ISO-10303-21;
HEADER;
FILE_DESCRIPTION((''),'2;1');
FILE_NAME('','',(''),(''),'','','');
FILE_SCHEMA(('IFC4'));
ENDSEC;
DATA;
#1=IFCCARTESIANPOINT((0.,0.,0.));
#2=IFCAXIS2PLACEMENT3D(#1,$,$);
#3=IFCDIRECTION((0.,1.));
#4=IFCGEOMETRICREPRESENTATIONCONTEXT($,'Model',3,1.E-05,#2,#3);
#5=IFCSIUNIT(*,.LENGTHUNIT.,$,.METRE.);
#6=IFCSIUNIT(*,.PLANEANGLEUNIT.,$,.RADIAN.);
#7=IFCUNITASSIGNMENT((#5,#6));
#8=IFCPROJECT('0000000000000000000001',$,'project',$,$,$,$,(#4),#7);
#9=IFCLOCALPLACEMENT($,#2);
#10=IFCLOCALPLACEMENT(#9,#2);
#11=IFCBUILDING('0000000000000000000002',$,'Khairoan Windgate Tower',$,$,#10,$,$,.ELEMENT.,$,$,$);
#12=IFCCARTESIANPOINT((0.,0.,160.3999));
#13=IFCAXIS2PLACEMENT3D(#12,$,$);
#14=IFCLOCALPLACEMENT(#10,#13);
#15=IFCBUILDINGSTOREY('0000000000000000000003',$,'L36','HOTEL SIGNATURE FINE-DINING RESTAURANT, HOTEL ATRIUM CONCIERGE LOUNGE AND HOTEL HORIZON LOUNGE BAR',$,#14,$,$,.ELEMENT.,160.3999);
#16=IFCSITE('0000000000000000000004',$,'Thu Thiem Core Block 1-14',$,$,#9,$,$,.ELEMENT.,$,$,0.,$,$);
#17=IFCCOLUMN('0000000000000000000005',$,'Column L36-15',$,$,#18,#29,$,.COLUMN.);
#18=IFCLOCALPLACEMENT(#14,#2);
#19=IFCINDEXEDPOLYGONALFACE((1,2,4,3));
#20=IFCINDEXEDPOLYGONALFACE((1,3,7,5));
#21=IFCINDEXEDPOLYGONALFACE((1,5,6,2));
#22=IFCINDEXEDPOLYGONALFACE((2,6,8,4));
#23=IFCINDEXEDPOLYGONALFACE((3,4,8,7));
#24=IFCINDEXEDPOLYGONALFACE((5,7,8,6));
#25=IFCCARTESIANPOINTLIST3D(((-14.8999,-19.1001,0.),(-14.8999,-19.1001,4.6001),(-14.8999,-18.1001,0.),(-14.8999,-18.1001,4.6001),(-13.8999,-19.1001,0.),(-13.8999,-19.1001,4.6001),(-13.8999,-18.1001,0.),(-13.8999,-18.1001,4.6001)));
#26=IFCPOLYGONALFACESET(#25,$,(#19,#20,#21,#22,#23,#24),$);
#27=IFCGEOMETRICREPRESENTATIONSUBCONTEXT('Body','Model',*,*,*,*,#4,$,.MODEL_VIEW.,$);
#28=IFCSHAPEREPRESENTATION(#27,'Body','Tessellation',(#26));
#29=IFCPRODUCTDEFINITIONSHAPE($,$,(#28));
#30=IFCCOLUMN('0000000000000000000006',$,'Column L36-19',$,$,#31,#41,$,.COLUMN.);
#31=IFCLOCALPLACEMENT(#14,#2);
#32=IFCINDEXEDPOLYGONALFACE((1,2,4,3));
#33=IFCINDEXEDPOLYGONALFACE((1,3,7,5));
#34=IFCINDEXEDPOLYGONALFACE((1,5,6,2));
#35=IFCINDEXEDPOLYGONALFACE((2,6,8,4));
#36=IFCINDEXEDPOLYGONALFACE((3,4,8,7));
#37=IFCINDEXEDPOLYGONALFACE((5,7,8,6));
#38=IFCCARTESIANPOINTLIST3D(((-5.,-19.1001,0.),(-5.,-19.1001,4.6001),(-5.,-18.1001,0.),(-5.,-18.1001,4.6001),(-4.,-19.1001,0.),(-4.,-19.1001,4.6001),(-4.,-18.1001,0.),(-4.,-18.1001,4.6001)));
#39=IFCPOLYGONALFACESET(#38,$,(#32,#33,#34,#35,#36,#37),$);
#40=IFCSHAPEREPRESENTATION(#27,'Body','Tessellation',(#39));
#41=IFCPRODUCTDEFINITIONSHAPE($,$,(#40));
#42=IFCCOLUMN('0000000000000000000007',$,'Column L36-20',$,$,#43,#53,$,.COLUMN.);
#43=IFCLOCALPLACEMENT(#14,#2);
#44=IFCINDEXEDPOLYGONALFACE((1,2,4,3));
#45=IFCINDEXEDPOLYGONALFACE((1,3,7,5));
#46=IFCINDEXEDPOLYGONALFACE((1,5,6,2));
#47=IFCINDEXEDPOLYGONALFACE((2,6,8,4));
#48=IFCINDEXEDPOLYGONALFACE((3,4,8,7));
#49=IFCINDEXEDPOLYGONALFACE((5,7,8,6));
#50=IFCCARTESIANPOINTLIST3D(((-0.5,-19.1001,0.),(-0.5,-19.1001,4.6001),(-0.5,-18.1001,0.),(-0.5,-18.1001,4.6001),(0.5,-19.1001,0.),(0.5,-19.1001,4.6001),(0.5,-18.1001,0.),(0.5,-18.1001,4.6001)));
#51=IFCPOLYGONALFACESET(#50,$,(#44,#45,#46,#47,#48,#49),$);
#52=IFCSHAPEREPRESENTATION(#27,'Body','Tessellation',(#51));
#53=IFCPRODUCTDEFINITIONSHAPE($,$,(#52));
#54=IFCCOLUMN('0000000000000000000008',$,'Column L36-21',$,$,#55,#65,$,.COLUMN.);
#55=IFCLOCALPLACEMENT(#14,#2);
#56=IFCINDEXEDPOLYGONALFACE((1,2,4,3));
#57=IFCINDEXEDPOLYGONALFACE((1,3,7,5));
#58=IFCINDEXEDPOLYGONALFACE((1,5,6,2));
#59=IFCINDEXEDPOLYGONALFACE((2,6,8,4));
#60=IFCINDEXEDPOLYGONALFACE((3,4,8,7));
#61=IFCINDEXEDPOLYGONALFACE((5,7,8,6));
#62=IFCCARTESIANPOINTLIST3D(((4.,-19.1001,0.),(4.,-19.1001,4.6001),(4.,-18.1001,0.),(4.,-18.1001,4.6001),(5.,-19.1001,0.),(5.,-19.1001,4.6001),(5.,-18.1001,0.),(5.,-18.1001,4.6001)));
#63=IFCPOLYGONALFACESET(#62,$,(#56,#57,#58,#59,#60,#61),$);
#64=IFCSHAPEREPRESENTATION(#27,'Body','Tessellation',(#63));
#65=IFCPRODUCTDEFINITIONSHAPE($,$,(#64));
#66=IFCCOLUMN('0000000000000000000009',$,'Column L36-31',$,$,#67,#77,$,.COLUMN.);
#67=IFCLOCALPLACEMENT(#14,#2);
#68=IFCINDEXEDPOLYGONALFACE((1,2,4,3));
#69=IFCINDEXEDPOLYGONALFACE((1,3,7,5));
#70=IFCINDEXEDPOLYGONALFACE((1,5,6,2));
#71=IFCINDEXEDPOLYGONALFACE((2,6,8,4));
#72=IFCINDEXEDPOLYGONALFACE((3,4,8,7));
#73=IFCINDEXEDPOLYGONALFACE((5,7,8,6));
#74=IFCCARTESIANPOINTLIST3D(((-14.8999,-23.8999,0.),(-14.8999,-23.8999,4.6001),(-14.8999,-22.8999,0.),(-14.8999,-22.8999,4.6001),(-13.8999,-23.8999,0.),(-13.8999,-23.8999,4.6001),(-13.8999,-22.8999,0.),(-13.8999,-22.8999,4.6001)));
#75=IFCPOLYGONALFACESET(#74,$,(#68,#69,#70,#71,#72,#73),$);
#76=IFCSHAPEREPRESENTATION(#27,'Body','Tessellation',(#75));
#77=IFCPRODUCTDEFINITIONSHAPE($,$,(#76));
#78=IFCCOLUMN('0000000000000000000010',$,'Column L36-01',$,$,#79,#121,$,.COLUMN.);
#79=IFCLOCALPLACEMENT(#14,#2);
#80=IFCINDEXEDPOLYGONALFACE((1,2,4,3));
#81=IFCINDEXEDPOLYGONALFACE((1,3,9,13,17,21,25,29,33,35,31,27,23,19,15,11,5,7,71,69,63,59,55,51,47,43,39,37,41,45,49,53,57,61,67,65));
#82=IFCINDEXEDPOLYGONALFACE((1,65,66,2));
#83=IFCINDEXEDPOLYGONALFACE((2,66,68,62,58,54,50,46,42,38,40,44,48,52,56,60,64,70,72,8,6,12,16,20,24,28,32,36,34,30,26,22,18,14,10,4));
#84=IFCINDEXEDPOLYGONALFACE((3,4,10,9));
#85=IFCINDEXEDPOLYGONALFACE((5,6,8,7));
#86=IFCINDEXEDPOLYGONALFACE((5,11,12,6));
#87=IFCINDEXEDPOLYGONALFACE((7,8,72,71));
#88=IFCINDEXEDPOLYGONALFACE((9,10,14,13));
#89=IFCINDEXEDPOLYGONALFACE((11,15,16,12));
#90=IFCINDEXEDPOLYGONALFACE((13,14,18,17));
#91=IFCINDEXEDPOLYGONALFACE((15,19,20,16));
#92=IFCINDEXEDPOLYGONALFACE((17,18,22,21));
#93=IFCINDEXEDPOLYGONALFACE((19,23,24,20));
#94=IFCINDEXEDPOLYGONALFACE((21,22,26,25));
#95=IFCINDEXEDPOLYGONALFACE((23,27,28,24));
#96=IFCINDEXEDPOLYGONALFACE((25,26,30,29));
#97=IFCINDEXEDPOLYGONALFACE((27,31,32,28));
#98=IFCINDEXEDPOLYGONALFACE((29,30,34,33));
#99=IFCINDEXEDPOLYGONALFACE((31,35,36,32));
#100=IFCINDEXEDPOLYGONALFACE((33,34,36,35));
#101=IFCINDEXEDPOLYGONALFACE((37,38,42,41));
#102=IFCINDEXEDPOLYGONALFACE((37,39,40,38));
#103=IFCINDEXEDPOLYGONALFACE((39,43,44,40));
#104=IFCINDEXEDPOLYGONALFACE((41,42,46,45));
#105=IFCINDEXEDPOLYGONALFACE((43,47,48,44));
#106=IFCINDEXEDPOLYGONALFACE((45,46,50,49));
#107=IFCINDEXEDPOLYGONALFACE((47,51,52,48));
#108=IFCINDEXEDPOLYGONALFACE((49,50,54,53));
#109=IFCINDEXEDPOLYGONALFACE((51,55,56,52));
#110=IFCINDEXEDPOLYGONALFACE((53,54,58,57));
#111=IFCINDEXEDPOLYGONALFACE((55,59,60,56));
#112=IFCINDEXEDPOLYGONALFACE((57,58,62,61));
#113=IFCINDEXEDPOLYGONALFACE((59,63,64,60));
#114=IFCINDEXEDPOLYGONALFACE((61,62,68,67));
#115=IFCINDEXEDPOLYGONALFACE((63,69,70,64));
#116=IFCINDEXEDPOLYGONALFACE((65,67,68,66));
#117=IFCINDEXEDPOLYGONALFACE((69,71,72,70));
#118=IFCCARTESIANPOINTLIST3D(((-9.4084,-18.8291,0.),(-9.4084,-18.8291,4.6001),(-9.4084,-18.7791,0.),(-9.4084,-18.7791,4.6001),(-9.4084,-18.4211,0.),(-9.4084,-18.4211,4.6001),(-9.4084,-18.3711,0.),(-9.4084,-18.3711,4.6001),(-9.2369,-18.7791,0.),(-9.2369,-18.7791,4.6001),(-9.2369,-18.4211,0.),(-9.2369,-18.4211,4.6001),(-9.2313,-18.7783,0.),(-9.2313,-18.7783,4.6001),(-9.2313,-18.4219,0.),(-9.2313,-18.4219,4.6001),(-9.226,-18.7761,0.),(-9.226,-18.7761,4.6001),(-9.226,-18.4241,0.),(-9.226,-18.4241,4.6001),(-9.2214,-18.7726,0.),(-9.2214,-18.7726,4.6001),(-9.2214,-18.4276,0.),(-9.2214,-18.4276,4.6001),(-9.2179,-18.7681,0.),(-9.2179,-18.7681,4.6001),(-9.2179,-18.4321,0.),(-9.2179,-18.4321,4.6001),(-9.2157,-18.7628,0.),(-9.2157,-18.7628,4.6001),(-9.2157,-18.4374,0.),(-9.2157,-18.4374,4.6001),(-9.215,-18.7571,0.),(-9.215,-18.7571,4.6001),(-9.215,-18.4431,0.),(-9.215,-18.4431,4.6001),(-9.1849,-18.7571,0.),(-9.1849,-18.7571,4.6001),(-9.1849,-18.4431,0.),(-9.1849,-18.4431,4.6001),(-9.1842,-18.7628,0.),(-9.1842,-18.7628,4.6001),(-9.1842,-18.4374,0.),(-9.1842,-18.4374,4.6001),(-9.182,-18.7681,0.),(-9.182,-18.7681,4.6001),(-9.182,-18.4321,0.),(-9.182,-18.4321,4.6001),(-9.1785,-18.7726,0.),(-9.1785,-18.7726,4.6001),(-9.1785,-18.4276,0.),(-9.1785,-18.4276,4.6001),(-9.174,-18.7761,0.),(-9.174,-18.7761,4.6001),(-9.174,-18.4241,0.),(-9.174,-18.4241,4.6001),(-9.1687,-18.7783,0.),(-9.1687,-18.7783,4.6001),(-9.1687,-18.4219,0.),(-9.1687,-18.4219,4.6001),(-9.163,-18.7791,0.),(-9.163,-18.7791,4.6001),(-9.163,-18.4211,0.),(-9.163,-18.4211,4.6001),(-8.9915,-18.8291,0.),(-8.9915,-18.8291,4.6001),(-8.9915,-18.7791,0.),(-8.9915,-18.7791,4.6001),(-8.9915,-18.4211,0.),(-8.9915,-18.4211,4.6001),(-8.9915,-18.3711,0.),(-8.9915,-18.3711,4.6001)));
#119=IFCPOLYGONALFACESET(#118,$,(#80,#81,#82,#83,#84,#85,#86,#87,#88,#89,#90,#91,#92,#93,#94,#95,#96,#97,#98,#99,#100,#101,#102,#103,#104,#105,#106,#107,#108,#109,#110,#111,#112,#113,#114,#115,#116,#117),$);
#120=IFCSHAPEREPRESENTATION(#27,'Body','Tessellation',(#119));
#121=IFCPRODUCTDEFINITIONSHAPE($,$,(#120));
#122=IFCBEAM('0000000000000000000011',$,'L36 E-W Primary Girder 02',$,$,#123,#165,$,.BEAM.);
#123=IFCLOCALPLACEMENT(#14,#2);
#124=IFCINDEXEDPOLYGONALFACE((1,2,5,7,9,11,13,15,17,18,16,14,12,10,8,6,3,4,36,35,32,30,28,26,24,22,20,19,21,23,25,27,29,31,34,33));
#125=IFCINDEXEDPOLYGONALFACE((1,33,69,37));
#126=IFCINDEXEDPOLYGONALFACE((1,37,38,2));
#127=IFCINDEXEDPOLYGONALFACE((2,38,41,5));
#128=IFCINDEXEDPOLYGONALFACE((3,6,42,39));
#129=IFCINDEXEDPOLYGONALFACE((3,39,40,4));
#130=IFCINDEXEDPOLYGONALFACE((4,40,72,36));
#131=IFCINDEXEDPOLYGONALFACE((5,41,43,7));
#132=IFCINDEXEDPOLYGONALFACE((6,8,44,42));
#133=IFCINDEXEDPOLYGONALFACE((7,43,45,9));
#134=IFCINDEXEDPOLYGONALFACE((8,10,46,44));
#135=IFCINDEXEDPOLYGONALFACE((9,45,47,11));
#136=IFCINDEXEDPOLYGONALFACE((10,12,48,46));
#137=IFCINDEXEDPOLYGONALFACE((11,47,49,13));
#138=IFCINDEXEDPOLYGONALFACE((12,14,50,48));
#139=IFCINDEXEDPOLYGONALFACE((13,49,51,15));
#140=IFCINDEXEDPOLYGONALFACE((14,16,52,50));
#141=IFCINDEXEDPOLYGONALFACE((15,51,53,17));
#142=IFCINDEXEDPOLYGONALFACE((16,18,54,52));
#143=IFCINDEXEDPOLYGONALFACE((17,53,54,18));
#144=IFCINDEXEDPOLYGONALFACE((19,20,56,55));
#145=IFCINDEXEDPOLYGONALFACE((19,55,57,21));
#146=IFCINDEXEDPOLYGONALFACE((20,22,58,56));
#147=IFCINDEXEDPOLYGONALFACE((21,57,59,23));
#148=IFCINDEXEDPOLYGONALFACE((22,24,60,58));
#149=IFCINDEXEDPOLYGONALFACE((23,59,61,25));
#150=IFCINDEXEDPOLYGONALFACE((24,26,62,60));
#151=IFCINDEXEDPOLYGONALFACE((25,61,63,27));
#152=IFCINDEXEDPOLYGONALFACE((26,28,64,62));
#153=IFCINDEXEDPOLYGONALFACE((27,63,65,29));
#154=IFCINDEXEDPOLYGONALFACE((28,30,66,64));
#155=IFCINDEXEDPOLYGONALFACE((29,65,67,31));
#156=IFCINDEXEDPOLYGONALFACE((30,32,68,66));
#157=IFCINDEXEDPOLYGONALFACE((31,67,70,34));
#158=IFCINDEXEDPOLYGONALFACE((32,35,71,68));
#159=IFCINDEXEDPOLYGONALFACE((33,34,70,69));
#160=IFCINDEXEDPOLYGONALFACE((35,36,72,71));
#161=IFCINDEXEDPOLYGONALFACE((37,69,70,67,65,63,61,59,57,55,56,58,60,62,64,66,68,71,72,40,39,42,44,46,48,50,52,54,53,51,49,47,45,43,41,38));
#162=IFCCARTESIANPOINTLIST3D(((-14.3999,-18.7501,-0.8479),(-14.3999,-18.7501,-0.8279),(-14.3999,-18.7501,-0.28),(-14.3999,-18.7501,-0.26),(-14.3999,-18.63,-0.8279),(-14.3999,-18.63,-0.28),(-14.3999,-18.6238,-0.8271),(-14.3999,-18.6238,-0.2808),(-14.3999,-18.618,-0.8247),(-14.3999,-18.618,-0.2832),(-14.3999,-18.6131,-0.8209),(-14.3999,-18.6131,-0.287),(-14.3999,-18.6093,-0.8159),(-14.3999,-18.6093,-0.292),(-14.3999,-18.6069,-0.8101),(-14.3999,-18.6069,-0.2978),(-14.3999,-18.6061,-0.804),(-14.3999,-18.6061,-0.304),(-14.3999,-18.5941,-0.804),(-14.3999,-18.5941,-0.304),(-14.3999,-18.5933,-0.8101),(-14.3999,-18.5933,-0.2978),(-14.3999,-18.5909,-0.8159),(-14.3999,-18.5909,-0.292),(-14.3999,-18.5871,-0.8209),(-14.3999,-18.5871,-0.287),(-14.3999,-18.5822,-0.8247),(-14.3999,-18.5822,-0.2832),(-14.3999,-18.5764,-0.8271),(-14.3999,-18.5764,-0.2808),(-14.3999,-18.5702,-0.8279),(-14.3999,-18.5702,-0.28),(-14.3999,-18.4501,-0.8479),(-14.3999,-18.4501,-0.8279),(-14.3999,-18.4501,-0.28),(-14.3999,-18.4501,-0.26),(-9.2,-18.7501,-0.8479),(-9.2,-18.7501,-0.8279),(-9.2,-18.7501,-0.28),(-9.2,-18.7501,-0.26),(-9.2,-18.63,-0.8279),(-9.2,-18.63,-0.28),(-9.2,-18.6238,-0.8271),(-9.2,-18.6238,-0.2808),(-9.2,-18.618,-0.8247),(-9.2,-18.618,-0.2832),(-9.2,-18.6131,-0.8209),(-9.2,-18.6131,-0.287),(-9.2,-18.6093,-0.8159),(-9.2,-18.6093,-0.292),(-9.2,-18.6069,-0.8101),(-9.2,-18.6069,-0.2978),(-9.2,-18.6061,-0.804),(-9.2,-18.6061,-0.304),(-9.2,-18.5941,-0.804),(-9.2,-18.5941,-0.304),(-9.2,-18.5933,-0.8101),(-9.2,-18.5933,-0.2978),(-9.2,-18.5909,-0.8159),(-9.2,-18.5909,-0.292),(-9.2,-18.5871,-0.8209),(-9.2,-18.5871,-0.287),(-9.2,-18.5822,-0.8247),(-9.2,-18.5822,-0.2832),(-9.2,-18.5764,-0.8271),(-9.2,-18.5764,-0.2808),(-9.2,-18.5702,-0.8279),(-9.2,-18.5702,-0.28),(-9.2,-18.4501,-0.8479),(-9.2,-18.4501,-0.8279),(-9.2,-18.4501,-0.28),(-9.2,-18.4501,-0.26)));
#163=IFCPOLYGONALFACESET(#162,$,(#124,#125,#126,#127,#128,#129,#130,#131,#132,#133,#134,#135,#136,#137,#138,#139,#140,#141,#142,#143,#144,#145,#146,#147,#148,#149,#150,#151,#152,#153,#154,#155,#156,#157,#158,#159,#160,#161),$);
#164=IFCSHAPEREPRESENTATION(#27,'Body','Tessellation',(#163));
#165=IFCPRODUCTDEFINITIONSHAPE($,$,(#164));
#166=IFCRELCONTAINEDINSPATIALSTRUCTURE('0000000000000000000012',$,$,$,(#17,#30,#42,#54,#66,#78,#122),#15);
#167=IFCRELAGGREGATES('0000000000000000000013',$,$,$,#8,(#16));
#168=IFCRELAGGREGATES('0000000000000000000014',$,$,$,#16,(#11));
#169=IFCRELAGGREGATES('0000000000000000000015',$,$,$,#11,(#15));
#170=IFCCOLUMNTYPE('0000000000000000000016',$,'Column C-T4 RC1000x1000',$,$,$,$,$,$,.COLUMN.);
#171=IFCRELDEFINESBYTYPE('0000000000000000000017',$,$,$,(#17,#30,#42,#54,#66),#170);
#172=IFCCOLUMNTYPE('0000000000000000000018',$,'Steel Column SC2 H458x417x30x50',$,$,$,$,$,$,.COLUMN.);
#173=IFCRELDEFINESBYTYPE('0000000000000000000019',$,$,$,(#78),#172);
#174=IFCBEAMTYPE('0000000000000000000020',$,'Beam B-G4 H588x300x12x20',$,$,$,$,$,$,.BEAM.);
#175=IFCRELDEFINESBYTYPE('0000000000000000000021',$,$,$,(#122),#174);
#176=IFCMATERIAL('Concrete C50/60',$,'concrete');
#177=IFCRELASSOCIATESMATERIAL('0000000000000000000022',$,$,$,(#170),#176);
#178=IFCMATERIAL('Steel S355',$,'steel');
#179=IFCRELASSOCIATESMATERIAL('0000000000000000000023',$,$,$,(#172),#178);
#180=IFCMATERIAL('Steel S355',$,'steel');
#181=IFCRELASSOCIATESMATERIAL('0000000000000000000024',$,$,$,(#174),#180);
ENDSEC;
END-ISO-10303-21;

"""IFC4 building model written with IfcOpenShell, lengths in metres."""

from ifc_helpers import new_model, si_unit, direction, frame, origin, origin_2d, place, context, subcontext, project, spatial, rectangle, i_section, extrude, material, material_profile, profile_set, type_object, element, save


model = new_model("IFC4")

# Units and contexts
model_context = context("Model", 3, precision=1e-05, world=origin(), true_north=direction((0.0, 1.0)))
body_context = subcontext(model_context, "Body", "Model", "MODEL_VIEW")
ifc_project = project(units=[si_unit("LENGTHUNIT", "METRE"), si_unit("PLANEANGLEUNIT", "RADIAN")], contexts=[model_context])

# Site, building, storey
site_placement = place(None, origin())
site = spatial("IfcSite", under=ifc_project, at=site_placement, Name="Thu Thiem Core Block 1-14", CompositionType="ELEMENT", RefElevation=0.0)
building_placement = place(site_placement, origin())
building = spatial("IfcBuilding", under=site, at=building_placement, Name="Khairoan Windgate Tower", CompositionType="ELEMENT")
storey_placement = place(building_placement, frame((0.0, 0.0, 160.3999)))
storey = spatial("IfcBuildingStorey", under=building, at=storey_placement, Name="L36", Description="HOTEL SIGNATURE FINE-DINING RESTAURANT, HOTEL ATRIUM CONCIERGE LOUNGE AND HOTEL HORIZON LOUNGE BAR", CompositionType="ELEMENT", Elevation=160.3999)

# Columns
ifc_material_1 = material(Name="Concrete C50/60", Category="concrete")
ifc_material_profile_1 = material_profile(ifc_material_1, rectangle(XDim=1.0, YDim=1.0, at=origin_2d()))
ifc_profile_set_1 = profile_set([ifc_material_profile_1], Name="Concrete C50/60")
column_type_1 = type_object("IfcColumnType", Name="Column C-T4 RC1000x1000", PredefinedType="COLUMN", material=ifc_profile_set_1)
for number, where, z_axis, x_axis, name in (
    (1, (-14.3999, -18.6001, 0.0), (0.0, 0.0, 1.0), (1.0, 0.0, 0.0), "Column L36-15"),
    (2, (-4.5, -18.6001, 0.0), (0.0, 0.0, 1.0), (1.0, 0.0, 0.0), "Column L36-19"),
    (3, (0.0, -18.6001, 0.0), (0.0, 0.0, 1.0), (1.0, 0.0, 0.0), "Column L36-20"),
    (4, (4.5, -18.6001, 0.0), (0.0, 0.0, 1.0), (1.0, 0.0, 0.0), "Column L36-21"),
    (5, (-14.3999, -23.3999, 0.0), (0.0, 0.0, 1.0), (1.0, 0.0, 0.0), "Column L36-31"),
):
    element("IfcColumn", number, at=place(storey_placement, frame(where, z_axis=z_axis, x_axis=x_axis)), inside=storey, type_object=column_type_1, Name=name, PredefinedType="COLUMN", context=body_context, shape_type="SweptSolid", body=[
        extrude(rectangle(XDim=1.0, YDim=1.0, at=origin_2d()), origin(), (0.0, 0.0, 1.0), 4.6001),
    ])
ifc_material_2 = material(Name="Steel S355", Category="steel")
ifc_material_profile_2 = material_profile(ifc_material_2, i_section(OverallWidth=0.417, OverallDepth=0.458, WebThickness=0.03, FlangeThickness=0.05, FilletRadius=0.022, at=origin_2d()))
ifc_profile_set_2 = profile_set([ifc_material_profile_2], Name="Steel S355")
column_type_2 = type_object("IfcColumnType", Name="Steel Column SC2 H458x417x30x50", PredefinedType="COLUMN", material=ifc_profile_set_2)
column_placement = place(storey_placement, frame((-9.2, -18.6001, 0.0), z_axis=(0.0, 0.0, 1.0), x_axis=(1.0, 0.0, 0.0)))
element("IfcColumn", 6, at=column_placement, inside=storey, type_object=column_type_2, Name="Column L36-01", PredefinedType="COLUMN", context=body_context, shape_type="SweptSolid", body=[
    extrude(i_section(OverallWidth=0.417, OverallDepth=0.458, WebThickness=0.03, FlangeThickness=0.05, FilletRadius=0.022, at=origin_2d()), origin(), (0.0, 0.0, 1.0), 4.6001),
])

# Beam
ifc_material_3 = material(Name="Steel S355", Category="steel")
ifc_material_profile_3 = material_profile(ifc_material_3, i_section(OverallWidth=0.3, OverallDepth=0.5879, WebThickness=0.012, FlangeThickness=0.02, FilletRadius=0.0239, at=origin_2d()))
ifc_profile_set_3 = profile_set([ifc_material_profile_3], Name="Steel S355")
beam_type_1 = type_object("IfcBeamType", Name="Beam B-G4 H588x300x12x20", PredefinedType="BEAM", material=ifc_profile_set_3)
beam_1_placement = place(storey_placement, frame((-14.3999, -18.6001, -0.554), z_axis=(1.0, 0.0, 0.0), x_axis=(0.0, 1.0, 0.0)))
element("IfcBeam", 7, at=beam_1_placement, inside=storey, type_object=beam_type_1, Name="L36 E-W Primary Girder 02", PredefinedType="BEAM", context=body_context, shape_type="SweptSolid", body=[
    extrude(i_section(OverallWidth=0.3, OverallDepth=0.5879, WebThickness=0.012, FlangeThickness=0.02, FilletRadius=0.0239, at=origin_2d()), origin(), (0.0, 0.0, 1.0), 5.2),
])

save(model, "model.ifc")
